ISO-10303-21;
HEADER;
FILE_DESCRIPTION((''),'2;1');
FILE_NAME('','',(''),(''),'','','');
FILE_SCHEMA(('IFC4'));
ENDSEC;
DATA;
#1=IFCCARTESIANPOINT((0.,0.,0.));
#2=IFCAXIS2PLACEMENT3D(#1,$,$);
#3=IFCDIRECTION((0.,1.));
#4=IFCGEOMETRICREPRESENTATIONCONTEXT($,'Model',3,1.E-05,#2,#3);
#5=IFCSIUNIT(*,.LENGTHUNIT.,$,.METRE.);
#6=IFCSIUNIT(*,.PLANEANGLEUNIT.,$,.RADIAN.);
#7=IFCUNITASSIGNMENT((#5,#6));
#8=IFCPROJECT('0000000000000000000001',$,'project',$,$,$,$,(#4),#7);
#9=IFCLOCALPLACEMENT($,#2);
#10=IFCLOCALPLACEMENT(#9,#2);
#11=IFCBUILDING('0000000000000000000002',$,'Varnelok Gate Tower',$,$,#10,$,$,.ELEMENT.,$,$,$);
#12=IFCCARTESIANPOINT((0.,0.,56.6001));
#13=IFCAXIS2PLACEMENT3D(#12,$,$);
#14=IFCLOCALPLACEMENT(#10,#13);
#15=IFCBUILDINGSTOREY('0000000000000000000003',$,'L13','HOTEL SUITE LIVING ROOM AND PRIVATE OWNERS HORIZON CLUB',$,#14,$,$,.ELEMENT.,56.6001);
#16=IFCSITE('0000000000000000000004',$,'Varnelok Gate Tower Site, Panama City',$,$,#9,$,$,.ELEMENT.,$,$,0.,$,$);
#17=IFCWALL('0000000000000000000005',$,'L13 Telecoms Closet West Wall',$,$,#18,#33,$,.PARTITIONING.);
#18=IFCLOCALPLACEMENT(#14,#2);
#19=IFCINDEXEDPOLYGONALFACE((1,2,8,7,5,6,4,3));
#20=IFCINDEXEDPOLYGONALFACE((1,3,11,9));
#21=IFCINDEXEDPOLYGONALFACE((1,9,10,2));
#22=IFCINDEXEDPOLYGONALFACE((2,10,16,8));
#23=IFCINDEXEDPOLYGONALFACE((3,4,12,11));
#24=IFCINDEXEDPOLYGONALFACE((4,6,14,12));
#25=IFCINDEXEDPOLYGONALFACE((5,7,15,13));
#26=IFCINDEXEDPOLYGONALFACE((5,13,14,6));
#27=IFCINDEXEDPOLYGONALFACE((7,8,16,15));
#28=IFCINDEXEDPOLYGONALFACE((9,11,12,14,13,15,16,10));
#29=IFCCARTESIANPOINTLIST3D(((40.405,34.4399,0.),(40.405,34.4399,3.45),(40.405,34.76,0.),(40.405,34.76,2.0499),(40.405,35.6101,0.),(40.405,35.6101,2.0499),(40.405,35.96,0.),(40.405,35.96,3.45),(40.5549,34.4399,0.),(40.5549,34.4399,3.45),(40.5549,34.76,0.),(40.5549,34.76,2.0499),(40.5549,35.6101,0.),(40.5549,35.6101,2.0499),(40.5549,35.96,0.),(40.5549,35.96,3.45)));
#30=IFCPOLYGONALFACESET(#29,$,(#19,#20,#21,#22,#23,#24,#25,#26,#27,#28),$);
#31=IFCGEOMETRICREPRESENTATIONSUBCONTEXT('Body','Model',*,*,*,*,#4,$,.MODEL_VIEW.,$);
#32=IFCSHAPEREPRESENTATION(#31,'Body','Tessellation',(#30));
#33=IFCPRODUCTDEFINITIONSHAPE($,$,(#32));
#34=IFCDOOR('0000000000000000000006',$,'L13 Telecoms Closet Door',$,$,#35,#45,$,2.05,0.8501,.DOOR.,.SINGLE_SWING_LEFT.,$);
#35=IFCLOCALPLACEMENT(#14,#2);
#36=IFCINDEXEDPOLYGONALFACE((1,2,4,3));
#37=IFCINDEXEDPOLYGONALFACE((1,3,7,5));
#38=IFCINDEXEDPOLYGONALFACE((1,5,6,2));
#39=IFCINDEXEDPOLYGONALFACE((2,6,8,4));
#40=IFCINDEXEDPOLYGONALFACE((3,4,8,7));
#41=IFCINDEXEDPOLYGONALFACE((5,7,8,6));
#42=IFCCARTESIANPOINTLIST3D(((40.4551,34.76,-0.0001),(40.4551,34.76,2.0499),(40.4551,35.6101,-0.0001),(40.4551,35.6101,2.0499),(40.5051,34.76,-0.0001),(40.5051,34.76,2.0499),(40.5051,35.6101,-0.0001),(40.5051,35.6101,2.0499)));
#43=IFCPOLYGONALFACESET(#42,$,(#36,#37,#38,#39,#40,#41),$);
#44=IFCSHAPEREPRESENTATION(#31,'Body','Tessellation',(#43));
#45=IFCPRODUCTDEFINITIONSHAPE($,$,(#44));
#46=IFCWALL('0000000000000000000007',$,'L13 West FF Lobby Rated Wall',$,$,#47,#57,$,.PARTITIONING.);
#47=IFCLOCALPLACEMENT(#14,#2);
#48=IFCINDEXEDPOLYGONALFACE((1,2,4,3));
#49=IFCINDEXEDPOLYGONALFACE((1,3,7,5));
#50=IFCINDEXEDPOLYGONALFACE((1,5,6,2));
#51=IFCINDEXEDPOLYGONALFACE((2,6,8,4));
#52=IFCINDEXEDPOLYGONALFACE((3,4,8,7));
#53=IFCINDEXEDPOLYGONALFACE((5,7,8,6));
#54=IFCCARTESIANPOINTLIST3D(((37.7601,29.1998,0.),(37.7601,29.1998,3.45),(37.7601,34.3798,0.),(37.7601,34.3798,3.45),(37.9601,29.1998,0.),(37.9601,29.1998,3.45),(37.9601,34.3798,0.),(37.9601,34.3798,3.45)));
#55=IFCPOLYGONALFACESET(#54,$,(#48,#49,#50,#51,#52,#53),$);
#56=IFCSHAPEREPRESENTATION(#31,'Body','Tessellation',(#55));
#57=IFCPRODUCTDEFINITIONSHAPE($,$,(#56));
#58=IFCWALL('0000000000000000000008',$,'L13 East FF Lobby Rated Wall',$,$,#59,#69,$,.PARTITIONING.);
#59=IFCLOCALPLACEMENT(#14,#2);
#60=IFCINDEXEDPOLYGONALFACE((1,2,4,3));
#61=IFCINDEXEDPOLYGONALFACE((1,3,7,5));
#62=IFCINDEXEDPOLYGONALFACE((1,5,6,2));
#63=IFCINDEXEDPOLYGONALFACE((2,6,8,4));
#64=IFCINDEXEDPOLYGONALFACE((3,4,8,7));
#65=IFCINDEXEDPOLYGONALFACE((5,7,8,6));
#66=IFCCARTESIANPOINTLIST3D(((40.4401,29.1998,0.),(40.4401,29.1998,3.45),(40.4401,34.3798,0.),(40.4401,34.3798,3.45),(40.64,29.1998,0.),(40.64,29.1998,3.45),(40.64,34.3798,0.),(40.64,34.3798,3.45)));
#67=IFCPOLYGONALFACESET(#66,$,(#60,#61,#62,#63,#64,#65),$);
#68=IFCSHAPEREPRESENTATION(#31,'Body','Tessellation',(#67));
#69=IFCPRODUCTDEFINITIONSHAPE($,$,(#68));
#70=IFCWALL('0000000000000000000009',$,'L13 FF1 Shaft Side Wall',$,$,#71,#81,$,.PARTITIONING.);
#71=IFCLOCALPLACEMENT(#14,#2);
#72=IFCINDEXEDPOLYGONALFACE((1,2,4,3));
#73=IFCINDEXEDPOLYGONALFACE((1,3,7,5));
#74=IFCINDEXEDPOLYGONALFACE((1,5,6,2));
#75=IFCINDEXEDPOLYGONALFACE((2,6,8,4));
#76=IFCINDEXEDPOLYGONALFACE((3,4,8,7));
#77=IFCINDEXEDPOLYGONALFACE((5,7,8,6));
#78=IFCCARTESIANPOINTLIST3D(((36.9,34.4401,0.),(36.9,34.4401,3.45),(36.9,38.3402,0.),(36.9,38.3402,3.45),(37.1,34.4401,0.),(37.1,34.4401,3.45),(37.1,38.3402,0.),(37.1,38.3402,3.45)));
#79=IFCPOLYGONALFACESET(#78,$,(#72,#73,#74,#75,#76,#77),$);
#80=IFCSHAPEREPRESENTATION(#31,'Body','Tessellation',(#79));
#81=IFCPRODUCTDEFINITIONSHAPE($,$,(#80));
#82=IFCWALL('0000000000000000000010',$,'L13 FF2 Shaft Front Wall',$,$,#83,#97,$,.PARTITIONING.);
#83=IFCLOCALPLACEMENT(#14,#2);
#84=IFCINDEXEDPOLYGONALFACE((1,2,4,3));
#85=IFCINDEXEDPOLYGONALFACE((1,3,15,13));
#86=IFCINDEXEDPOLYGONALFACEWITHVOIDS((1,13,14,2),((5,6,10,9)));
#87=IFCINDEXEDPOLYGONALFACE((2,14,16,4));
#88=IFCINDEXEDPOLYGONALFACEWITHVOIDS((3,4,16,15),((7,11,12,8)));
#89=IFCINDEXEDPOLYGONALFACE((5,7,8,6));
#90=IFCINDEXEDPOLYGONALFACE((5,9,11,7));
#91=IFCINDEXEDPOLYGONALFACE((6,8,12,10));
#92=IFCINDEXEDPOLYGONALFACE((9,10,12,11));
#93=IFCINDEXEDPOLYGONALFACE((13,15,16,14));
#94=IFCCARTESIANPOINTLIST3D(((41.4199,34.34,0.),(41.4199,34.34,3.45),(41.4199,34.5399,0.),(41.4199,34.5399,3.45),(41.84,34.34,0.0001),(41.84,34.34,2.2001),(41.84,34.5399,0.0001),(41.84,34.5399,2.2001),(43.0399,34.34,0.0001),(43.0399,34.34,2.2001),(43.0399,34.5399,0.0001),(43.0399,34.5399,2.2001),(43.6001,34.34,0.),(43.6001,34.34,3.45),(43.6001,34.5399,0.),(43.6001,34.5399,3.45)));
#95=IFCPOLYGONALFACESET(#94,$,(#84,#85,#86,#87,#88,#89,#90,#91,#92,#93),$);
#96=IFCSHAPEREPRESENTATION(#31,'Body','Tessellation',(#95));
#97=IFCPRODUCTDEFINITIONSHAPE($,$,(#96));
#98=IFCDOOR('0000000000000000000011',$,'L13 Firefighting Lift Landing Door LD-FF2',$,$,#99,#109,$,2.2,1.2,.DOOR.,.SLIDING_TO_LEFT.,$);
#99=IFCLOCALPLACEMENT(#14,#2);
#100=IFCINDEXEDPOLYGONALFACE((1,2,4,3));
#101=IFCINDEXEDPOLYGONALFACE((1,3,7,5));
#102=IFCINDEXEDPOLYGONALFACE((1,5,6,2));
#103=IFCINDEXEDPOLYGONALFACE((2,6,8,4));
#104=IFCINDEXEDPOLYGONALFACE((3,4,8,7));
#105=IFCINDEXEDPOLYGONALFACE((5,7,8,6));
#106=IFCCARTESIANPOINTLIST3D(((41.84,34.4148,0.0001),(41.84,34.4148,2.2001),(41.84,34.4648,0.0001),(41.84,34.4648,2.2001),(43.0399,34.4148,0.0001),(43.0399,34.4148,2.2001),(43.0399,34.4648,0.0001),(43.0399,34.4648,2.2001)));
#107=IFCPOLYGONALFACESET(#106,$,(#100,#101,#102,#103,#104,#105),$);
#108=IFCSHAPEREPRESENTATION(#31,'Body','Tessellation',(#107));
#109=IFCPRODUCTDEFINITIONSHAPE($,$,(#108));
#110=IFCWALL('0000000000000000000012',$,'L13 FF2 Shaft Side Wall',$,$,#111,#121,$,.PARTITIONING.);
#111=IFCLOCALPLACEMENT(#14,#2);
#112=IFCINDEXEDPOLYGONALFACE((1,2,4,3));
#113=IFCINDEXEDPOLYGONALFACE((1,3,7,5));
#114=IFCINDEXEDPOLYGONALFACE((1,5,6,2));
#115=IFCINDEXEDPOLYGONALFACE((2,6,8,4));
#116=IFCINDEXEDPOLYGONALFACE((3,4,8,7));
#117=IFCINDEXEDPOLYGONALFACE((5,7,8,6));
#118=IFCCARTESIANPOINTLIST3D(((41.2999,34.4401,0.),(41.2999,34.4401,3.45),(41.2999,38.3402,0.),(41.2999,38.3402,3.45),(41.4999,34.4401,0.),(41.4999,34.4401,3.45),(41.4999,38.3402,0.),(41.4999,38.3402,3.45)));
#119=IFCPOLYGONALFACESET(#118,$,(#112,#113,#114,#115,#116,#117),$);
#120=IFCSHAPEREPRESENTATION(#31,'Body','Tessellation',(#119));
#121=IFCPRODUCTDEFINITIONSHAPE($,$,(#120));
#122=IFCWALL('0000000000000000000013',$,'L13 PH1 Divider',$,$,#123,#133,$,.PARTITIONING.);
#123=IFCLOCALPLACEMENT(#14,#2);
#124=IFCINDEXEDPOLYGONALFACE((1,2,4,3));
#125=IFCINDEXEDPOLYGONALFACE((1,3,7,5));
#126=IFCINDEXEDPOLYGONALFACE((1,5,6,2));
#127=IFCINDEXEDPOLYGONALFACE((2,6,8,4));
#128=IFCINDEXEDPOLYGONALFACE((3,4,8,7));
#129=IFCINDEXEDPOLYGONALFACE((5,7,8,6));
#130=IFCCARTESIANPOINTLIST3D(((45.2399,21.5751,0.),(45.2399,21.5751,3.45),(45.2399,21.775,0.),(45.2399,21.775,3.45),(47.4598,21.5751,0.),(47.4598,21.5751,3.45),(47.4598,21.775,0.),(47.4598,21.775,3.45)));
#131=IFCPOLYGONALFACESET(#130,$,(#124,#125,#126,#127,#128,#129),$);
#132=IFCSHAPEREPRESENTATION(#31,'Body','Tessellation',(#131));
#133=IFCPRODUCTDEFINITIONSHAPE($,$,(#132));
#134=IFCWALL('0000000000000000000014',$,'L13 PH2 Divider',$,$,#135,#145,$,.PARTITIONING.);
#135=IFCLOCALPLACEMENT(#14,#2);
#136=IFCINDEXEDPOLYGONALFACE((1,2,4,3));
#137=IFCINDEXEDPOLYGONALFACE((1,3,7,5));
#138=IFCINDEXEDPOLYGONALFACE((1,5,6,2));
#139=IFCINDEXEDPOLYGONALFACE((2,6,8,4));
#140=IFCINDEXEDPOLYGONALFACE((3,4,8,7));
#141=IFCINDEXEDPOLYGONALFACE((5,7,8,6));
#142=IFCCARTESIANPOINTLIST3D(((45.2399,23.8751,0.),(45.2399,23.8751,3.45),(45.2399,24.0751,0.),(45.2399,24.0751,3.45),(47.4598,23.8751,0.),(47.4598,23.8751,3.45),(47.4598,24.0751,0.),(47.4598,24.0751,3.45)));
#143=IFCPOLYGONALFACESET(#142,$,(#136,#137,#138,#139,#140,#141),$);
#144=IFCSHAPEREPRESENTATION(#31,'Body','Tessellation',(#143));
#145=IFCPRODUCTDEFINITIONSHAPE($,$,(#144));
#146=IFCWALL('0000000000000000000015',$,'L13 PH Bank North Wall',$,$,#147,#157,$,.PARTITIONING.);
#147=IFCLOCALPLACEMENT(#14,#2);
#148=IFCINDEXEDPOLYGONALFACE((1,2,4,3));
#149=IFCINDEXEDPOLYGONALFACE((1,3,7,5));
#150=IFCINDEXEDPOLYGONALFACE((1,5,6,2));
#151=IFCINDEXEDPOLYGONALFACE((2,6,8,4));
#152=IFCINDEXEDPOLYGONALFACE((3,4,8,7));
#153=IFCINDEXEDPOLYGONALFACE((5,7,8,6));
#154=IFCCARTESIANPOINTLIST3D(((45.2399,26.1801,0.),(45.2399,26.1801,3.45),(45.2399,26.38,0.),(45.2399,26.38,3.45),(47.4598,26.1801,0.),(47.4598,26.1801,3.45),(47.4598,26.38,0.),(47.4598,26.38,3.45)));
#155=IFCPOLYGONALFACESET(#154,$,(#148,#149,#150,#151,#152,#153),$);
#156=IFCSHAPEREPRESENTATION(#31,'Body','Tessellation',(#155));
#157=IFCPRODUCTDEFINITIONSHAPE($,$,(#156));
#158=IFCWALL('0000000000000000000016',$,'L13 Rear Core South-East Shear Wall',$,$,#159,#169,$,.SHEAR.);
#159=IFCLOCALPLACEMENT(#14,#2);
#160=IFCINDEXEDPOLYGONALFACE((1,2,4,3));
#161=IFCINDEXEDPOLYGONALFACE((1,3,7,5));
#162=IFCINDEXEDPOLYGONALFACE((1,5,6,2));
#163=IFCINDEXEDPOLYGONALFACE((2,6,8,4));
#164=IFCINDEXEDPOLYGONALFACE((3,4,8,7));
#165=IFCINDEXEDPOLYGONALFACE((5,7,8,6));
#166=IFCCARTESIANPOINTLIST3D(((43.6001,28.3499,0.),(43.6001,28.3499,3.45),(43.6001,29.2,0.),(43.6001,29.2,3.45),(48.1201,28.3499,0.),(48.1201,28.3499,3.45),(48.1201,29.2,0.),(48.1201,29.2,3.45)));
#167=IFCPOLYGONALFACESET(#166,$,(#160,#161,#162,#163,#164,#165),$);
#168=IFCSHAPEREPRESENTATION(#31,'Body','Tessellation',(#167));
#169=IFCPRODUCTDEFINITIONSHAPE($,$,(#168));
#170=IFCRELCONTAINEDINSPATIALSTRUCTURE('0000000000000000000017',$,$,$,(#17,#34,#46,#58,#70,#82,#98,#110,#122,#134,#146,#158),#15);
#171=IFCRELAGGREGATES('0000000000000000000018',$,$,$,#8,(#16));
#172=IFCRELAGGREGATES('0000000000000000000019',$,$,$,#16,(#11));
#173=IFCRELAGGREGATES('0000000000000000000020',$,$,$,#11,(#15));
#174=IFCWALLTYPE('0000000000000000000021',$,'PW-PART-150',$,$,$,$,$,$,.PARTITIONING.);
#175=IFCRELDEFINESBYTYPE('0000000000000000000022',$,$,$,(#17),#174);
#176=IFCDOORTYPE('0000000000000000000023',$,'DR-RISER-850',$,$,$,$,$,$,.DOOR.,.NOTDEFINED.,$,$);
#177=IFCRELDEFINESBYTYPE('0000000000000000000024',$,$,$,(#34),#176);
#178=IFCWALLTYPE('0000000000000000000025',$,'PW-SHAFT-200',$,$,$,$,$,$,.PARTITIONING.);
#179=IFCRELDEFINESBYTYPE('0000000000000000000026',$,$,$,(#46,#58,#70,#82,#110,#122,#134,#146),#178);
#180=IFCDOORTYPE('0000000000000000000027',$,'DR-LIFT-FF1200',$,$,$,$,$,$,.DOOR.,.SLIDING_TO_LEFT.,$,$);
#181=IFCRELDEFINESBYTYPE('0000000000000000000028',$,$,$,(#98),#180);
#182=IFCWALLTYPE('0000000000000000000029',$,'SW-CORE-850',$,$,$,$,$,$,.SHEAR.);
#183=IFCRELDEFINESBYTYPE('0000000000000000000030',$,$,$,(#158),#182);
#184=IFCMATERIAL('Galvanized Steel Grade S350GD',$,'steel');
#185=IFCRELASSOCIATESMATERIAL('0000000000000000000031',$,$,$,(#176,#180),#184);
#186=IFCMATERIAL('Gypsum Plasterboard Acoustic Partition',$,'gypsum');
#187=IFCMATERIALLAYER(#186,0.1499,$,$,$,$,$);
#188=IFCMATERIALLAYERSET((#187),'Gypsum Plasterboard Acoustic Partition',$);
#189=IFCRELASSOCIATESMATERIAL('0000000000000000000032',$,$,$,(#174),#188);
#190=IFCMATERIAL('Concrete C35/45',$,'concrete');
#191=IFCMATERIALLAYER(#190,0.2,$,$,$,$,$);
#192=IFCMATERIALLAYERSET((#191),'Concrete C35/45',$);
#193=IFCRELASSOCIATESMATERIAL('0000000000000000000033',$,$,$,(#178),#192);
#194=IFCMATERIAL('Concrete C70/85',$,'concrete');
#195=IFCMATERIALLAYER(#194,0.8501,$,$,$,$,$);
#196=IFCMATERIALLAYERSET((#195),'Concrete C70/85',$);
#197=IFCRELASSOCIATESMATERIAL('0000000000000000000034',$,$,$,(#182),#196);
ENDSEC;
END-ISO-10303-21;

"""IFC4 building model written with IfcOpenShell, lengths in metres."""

from ifc_helpers import new_model, si_unit, direction, frame, frame_2d, origin, place, context, subcontext, project, spatial, rectangle, extrude, material, layer, layer_set, type_object, element, fill, save


model = new_model("IFC4")

# Units and contexts
model_context = context("Model", 3, precision=1e-05, world=origin(), true_north=direction((0.0, 1.0)))
body_context = subcontext(model_context, "Body", "Model", "MODEL_VIEW")
ifc_project = project(units=[si_unit("LENGTHUNIT", "METRE"), si_unit("PLANEANGLEUNIT", "RADIAN")], contexts=[model_context])

# Site, building, storey
site_placement = place(None, origin())
site = spatial("IfcSite", under=ifc_project, at=site_placement, Name="Varnelok Gate Tower Site, Panama City", CompositionType="ELEMENT", RefElevation=0.0)
building_placement = place(site_placement, origin())
building = spatial("IfcBuilding", under=site, at=building_placement, Name="Varnelok Gate Tower", CompositionType="ELEMENT")
storey_placement = place(building_placement, frame((0.0, 0.0, 56.6001)))
storey = spatial("IfcBuildingStorey", under=building, at=storey_placement, Name="L13", Description="HOTEL SUITE LIVING ROOM AND PRIVATE OWNERS HORIZON CLUB", CompositionType="ELEMENT", Elevation=56.6001)

# Shared definitions
ifc_material_1 = material(Name="Concrete C70/85", Category="concrete")

# Shared definitions
ifc_material_2 = material(Name="Gypsum Plasterboard Acoustic Partition", Category="gypsum")

# Shared definitions
ifc_material_3 = material(Name="Galvanized Steel Grade S350GD", Category="steel")
door_type_1 = type_object("IfcDoorType", Name="DR-RISER-850", OperationType="NOTDEFINED", PredefinedType="DOOR", material=ifc_material_3)

# Wall, opening, door
ifc_layer_1 = layer(ifc_material_2, 0.1499)
ifc_layer_set_1 = layer_set([ifc_layer_1], Name="Gypsum Plasterboard Acoustic Partition")
wall_type_1 = type_object("IfcWallType", Name="PW-PART-150", PredefinedType="PARTITIONING", material=ifc_layer_set_1)
wall_1_placement = place(storey_placement, frame((40.48, 34.4399, 0.0), z_axis=(0.0, 0.0, 1.0), x_axis=(0.0, 1.0, 0.0)))
wall_1 = element("IfcWall", 1, at=wall_1_placement, inside=storey, type_object=wall_type_1, Name="L13 Telecoms Closet West Wall", PredefinedType="PARTITIONING", context=body_context, shape_type="SweptSolid", body=[
    extrude(rectangle(XDim=1.52, YDim=0.1499, at=frame_2d((0.76, 0.0))), origin(), (0.0, 0.0, 1.0), 3.45),
])
opening_1_placement = place(wall_1_placement, frame((0.3201, 0.0, 0.0)))
opening_1 = element("IfcOpeningElement", 2, at=opening_1_placement, cuts=wall_1, PredefinedType="OPENING", context=body_context, shape_type="SweptSolid", body=[
    extrude(rectangle(XDim=0.8501, YDim=2.05, at=frame_2d((0.425, 1.0249))), frame((0.0, 0.085, 0.0), z_axis=(0.0, -1.0, 0.0), x_axis=(1.0, 0.0, 0.0)), (0.0, 0.0, 1.0), 0.1699),
])
door_1_placement = place(opening_1_placement, origin())
door_1 = element("IfcDoor", 3, at=door_1_placement, inside=storey, type_object=door_type_1, Name="L13 Telecoms Closet Door", OperationType="SINGLE_SWING_LEFT", OverallHeight=2.05, OverallWidth=0.8501, PredefinedType="DOOR", context=body_context, shape_type="SweptSolid", body=[
    extrude(rectangle(XDim=0.8501, YDim=2.05, at=frame_2d((0.425, 1.0249))), frame((0.0, 0.0249, 0.0), z_axis=(0.0, -1.0, 0.0), x_axis=(1.0, 0.0, 0.0)), (0.0, 0.0, 1.0), 0.05),
])
fill(opening_1, door_1)

# Walls
ifc_material_4 = material(Name="Concrete C35/45", Category="concrete")
ifc_layer_2 = layer(ifc_material_4, 0.2)
ifc_layer_set_2 = layer_set([ifc_layer_2], Name="Concrete C35/45")
wall_type_2 = type_object("IfcWallType", Name="PW-SHAFT-200", PredefinedType="PARTITIONING", material=ifc_layer_set_2)
for number, where, z_axis, x_axis, name in (
    (4, (37.8601, 29.2, 0.0), (0.0, 0.0, 1.0), (0.0, 1.0, 0.0), "L13 West FF Lobby Rated Wall"),
    (5, (40.54, 29.2, 0.0), (0.0, 0.0, 1.0), (0.0, 1.0, 0.0), "L13 East FF Lobby Rated Wall"),
):
    element("IfcWall", number, at=place(storey_placement, frame(where, z_axis=z_axis, x_axis=x_axis)), inside=storey, type_object=wall_type_2, Name=name, PredefinedType="PARTITIONING", context=body_context, shape_type="SweptSolid", body=[
        extrude(rectangle(XDim=5.1799, YDim=0.2, at=frame_2d((2.5898, 0.0))), origin(), (0.0, 0.0, 1.0), 3.45),
    ])
wall_2_placement = place(storey_placement, frame((37.0, 34.4399, 0.0), z_axis=(0.0, 0.0, 1.0), x_axis=(0.0, 1.0, 0.0)))
element("IfcWall", 6, at=wall_2_placement, inside=storey, type_object=wall_type_2, Name="L13 FF1 Shaft Side Wall", PredefinedType="PARTITIONING", context=body_context, shape_type="SweptSolid", body=[
    extrude(rectangle(XDim=3.9001, YDim=0.2, at=frame_2d((1.9502, 0.0))), origin(), (0.0, 0.0, 1.0), 3.45),
])

# Wall, opening, door
wall_3_placement = place(storey_placement, frame((41.4199, 34.4399, 0.0), z_axis=(0.0, 0.0, 1.0), x_axis=(1.0, 0.0, 0.0)))
wall_3 = element("IfcWall", 7, at=wall_3_placement, inside=storey, type_object=wall_type_2, Name="L13 FF2 Shaft Front Wall", PredefinedType="PARTITIONING", context=body_context, shape_type="SweptSolid", body=[
    extrude(rectangle(XDim=2.1802, YDim=0.2, at=frame_2d((1.0901, 0.0))), origin(), (0.0, 0.0, 1.0), 3.45),
])
opening_2_placement = place(wall_3_placement, frame((0.4199, 0.0, 0.0)))
opening_2 = element("IfcOpeningElement", 8, at=opening_2_placement, cuts=wall_3, PredefinedType="OPENING", context=body_context, shape_type="SweptSolid", body=[
    extrude(rectangle(XDim=1.2, YDim=2.2, at=frame_2d((0.6001, 1.1001))), frame((0.0, 0.1099, 0.0), z_axis=(0.0, -1.0, 0.0), x_axis=(1.0, 0.0, 0.0)), (0.0, 0.0, 1.0), 0.22),
])
door_type_2 = type_object("IfcDoorType", Name="DR-LIFT-FF1200", OperationType="SLIDING_TO_LEFT", PredefinedType="DOOR", material=ifc_material_3)
door_2_placement = place(opening_2_placement, origin())
door_2 = element("IfcDoor", 9, at=door_2_placement, inside=storey, type_object=door_type_2, Name="L13 Firefighting Lift Landing Door LD-FF2", OperationType="SLIDING_TO_LEFT", OverallHeight=2.2, OverallWidth=1.2, PredefinedType="DOOR", context=body_context, shape_type="SweptSolid", body=[
    extrude(rectangle(XDim=1.2, YDim=2.2, at=frame_2d((0.6001, 1.1001))), frame((0.0, 0.0249, 0.0), z_axis=(0.0, -1.0, 0.0), x_axis=(1.0, 0.0, 0.0)), (0.0, 0.0, 1.0), 0.05),
])
fill(opening_2, door_2)

# Walls
wall_4_placement = place(storey_placement, frame((41.3999, 34.4399, 0.0), z_axis=(0.0, 0.0, 1.0), x_axis=(0.0, 1.0, 0.0)))
element("IfcWall", 10, at=wall_4_placement, inside=storey, type_object=wall_type_2, Name="L13 FF2 Shaft Side Wall", PredefinedType="PARTITIONING", context=body_context, shape_type="SweptSolid", body=[
    extrude(rectangle(XDim=3.9001, YDim=0.2, at=frame_2d((1.9502, 0.0))), origin(), (0.0, 0.0, 1.0), 3.45),
])
for number, where, z_axis, x_axis, name in (
    (11, (45.24, 21.675, 0.0), (0.0, 0.0, 1.0), (1.0, 0.0, 0.0), "L13 PH1 Divider"),
    (12, (45.24, 23.9751, 0.0), (0.0, 0.0, 1.0), (1.0, 0.0, 0.0), "L13 PH2 Divider"),
    (13, (45.24, 26.28, 0.0), (0.0, 0.0, 1.0), (1.0, 0.0, 0.0), "L13 PH Bank North Wall"),
):
    element("IfcWall", number, at=place(storey_placement, frame(where, z_axis=z_axis, x_axis=x_axis)), inside=storey, type_object=wall_type_2, Name=name, PredefinedType="PARTITIONING", context=body_context, shape_type="SweptSolid", body=[
        extrude(rectangle(XDim=2.22, YDim=0.2, at=frame_2d((1.1099, 0.0))), origin(), (0.0, 0.0, 1.0), 3.45),
    ])
ifc_layer_3 = layer(ifc_material_1, 0.8501)
ifc_layer_set_3 = layer_set([ifc_layer_3], Name="Concrete C70/85")
wall_type_3 = type_object("IfcWallType", Name="SW-CORE-850", PredefinedType="SHEAR", material=ifc_layer_set_3)
wall_5_placement = place(storey_placement, frame((43.6001, 28.7749, 0.0), z_axis=(0.0, 0.0, 1.0), x_axis=(1.0, 0.0, 0.0)))
element("IfcWall", 14, at=wall_5_placement, inside=storey, type_object=wall_type_3, Name="L13 Rear Core South-East Shear Wall", PredefinedType="SHEAR", context=body_context, shape_type="SweptSolid", body=[
    extrude(rectangle(XDim=4.52, YDim=0.8501, at=frame_2d((2.26, 0.0))), origin(), (0.0, 0.0, 1.0), 3.45),
])

save(model, "model.ifc")
